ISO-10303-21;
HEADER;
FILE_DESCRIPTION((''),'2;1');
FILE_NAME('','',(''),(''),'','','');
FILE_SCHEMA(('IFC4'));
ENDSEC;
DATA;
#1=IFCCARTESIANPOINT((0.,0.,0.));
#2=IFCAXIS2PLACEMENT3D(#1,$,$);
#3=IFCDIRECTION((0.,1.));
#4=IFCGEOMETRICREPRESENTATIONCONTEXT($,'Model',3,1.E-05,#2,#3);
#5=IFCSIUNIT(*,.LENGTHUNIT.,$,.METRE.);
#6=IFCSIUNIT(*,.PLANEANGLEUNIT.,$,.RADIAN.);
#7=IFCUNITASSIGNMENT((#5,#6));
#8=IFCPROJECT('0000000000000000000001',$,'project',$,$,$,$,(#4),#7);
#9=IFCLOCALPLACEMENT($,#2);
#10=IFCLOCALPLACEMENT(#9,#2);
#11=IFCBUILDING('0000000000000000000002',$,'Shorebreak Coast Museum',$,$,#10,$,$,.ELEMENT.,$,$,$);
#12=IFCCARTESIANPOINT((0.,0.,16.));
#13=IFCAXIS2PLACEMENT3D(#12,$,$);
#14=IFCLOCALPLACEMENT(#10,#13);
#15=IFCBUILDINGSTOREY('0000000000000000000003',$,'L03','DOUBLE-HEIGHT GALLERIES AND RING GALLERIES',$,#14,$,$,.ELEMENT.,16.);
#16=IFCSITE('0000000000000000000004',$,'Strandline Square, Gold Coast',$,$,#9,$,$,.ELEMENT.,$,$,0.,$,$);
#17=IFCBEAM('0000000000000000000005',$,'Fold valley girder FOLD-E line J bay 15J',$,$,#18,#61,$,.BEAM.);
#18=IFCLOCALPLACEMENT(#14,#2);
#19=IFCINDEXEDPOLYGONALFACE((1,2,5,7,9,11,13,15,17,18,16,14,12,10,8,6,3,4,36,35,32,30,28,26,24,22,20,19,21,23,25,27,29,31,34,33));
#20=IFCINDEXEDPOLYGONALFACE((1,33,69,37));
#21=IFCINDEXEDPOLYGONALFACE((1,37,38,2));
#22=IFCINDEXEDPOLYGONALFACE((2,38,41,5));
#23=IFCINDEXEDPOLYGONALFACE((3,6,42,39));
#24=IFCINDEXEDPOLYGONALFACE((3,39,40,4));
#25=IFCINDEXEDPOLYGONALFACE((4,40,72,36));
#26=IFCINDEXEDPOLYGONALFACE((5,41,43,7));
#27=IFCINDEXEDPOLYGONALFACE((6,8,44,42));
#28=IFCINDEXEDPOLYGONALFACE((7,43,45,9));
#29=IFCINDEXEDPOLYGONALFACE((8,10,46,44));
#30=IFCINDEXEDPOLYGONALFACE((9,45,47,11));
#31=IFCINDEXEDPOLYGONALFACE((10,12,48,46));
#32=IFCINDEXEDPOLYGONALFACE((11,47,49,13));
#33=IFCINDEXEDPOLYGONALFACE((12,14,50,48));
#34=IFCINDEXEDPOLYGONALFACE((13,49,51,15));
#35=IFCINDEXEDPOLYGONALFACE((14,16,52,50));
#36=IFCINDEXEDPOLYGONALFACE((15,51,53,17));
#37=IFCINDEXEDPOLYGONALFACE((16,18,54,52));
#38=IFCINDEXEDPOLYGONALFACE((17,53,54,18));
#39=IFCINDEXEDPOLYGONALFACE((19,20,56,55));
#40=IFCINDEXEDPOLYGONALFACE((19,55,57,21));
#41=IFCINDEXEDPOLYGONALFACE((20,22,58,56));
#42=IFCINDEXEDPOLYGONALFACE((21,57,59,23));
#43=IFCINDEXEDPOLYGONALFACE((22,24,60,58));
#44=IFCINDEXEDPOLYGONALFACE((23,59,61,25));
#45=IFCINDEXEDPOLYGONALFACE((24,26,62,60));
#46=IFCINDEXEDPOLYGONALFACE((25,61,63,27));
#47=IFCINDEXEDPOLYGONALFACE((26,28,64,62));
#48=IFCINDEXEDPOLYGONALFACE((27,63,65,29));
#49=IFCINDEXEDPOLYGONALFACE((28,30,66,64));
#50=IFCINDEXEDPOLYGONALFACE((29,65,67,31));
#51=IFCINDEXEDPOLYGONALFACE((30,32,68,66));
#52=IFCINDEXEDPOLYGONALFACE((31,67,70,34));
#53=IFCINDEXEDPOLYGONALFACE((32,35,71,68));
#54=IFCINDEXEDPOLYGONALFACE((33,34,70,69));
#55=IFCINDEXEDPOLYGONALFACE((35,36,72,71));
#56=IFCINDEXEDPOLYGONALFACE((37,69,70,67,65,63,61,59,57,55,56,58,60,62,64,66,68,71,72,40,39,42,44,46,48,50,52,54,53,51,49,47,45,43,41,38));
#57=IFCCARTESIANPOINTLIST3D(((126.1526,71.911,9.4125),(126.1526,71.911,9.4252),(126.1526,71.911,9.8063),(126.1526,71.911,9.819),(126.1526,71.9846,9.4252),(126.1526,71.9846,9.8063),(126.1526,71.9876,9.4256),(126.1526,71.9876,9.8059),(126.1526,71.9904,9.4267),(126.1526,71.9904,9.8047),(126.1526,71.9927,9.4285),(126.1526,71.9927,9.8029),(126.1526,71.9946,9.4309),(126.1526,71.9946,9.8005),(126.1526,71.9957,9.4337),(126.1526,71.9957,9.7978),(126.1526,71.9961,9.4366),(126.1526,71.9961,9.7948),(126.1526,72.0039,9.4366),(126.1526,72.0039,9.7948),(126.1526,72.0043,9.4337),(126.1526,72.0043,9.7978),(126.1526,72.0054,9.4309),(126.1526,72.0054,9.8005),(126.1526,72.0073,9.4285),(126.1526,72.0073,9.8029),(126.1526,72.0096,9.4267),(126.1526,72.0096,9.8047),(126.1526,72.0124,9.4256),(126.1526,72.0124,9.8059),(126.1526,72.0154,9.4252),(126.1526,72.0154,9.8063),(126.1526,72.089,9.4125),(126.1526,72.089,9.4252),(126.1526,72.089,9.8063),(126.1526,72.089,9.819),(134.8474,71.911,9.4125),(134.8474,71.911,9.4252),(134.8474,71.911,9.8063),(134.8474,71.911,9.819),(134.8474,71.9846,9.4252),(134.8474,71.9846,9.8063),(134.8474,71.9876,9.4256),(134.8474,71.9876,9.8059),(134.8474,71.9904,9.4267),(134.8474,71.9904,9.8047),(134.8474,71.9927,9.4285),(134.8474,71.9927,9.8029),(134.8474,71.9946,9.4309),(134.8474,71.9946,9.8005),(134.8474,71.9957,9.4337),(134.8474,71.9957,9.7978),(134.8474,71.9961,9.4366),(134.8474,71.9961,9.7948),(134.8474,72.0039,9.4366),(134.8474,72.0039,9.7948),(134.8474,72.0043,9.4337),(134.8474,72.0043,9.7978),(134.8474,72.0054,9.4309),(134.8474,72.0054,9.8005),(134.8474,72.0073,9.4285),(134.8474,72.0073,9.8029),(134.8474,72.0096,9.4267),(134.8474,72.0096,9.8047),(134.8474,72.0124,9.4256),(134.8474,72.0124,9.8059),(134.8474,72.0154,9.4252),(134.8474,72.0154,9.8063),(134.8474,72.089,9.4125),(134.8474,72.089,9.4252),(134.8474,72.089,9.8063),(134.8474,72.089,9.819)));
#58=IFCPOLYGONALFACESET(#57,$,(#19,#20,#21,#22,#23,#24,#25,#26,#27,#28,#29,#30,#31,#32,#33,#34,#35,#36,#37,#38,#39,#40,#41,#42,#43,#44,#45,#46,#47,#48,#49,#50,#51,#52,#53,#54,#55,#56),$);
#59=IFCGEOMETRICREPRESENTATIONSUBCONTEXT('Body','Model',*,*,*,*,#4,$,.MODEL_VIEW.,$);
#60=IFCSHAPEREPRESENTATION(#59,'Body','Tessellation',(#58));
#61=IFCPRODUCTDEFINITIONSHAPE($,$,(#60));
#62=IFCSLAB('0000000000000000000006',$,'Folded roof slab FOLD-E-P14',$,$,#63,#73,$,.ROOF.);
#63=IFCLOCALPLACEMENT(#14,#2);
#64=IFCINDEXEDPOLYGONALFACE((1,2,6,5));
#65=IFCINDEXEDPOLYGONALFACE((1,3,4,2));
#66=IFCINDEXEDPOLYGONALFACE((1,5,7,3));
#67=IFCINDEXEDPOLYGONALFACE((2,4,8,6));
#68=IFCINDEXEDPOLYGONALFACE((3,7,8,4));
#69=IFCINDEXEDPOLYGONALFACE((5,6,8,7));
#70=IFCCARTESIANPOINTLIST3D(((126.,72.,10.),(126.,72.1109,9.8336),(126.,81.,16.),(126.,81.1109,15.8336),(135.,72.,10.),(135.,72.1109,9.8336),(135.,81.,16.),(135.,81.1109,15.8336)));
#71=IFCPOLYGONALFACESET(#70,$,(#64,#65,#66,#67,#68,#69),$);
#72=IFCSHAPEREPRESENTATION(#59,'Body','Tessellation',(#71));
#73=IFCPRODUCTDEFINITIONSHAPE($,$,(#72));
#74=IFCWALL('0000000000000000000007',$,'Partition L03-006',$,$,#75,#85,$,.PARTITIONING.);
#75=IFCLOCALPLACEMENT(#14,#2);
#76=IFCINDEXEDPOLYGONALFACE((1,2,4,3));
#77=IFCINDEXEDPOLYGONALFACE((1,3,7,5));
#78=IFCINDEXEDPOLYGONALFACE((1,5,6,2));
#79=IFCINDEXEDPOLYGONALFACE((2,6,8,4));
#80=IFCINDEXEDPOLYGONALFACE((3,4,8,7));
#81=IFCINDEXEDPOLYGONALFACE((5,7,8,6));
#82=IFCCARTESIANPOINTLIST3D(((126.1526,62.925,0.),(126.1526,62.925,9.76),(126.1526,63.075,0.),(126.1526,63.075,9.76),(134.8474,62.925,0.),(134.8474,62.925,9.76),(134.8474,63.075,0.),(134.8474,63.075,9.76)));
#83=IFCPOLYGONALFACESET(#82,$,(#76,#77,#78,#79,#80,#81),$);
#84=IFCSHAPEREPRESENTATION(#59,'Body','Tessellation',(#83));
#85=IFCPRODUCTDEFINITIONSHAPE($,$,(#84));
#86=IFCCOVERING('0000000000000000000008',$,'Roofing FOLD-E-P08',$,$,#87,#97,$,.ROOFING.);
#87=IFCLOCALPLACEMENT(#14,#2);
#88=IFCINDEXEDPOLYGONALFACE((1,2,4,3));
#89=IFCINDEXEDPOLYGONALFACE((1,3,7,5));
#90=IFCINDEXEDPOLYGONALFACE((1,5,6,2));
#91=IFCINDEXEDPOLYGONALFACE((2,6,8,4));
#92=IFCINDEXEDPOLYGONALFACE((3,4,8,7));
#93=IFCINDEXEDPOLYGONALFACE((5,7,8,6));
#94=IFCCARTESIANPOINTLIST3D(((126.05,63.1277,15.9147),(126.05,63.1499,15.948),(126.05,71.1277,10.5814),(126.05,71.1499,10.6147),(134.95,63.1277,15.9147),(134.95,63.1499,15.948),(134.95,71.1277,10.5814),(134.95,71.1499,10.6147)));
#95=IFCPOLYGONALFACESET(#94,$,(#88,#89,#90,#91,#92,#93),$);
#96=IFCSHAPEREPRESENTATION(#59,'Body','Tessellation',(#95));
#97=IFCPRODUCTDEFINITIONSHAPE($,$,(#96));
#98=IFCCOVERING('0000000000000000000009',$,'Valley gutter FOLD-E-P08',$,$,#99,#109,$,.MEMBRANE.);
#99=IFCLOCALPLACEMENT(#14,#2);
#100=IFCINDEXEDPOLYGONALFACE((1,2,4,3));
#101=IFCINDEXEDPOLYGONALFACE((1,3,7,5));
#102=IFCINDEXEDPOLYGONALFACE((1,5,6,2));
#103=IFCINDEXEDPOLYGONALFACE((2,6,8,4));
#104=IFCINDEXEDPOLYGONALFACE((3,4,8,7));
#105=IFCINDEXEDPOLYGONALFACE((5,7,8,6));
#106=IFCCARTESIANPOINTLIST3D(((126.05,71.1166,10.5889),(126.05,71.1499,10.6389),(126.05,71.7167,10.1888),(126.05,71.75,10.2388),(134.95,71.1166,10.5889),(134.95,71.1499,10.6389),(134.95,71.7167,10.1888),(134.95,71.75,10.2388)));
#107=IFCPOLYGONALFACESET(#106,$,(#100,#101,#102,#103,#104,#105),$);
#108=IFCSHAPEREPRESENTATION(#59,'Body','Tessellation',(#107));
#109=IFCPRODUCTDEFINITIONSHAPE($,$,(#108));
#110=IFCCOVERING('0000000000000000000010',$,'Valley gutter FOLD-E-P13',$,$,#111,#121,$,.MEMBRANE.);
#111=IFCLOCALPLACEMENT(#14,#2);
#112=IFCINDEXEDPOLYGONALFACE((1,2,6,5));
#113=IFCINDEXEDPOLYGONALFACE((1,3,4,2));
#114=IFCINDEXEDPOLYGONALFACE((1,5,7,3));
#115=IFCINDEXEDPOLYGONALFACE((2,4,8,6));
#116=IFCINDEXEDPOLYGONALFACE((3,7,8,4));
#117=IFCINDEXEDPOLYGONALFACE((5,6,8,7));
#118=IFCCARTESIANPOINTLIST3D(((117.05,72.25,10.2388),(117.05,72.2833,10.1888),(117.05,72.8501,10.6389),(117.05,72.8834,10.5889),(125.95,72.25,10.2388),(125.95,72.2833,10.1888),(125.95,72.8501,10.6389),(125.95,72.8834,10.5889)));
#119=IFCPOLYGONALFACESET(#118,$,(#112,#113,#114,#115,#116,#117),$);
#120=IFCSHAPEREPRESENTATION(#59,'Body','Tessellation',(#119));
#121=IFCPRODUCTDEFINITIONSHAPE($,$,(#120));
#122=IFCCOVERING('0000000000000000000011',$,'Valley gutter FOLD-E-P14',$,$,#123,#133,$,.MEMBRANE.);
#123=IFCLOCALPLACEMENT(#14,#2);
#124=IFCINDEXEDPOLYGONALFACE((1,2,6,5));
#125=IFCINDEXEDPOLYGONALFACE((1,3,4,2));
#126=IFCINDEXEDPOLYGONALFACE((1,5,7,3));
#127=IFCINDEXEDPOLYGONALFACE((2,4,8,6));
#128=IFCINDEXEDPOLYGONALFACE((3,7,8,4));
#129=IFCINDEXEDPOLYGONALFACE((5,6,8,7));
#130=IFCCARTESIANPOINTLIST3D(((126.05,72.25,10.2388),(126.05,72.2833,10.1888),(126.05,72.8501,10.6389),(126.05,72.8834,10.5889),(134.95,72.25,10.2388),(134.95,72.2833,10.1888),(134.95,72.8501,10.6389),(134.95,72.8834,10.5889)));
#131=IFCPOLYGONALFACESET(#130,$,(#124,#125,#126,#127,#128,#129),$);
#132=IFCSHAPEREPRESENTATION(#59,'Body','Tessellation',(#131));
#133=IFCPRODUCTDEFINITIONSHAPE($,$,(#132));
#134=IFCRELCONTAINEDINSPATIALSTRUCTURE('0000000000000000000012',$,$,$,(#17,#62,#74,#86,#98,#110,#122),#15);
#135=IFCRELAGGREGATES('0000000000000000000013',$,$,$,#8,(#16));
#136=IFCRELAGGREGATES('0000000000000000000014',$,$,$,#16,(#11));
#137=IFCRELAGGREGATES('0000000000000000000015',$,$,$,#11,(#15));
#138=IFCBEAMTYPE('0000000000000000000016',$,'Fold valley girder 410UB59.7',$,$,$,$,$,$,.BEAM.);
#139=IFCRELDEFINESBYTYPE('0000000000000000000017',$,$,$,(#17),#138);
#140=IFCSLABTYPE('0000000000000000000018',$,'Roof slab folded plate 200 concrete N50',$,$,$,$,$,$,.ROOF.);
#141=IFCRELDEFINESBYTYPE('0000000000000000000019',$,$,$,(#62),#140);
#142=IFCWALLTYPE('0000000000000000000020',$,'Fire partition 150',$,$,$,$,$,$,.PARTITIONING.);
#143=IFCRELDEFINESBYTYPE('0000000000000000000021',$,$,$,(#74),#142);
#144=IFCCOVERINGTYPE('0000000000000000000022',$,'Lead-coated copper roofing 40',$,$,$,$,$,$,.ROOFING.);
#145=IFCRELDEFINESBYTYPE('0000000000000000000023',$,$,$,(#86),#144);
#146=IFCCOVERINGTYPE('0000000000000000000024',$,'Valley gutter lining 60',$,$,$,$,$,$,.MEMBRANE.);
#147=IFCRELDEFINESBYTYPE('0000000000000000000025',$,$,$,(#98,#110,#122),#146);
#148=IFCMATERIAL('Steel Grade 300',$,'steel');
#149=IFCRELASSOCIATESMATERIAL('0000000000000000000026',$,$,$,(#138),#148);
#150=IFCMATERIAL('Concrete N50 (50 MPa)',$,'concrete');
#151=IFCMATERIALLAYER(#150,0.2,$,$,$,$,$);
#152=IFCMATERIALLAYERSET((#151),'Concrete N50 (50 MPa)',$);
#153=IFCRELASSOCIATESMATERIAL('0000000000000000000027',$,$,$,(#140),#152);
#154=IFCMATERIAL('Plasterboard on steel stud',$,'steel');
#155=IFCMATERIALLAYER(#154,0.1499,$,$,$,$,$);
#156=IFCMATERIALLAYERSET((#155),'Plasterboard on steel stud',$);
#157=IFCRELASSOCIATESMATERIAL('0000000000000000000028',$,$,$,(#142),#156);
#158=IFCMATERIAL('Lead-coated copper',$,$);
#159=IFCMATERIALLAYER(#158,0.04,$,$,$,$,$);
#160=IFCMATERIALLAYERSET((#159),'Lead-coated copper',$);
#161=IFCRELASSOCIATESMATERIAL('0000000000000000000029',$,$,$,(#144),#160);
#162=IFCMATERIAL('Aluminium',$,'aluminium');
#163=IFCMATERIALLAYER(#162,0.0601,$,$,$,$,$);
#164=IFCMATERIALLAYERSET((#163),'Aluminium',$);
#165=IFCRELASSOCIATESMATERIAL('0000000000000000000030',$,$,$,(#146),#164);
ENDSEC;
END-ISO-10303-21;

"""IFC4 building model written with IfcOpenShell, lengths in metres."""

from ifc_helpers import new_model, si_unit, direction, frame, frame_2d, origin, origin_2d, place, context, subcontext, project, spatial, polyline, rectangle, i_section, outline, extrude, material, layer, layer_set, material_profile, profile_set, type_object, element, save


model = new_model("IFC4")

# Units and contexts
model_context = context("Model", 3, precision=1e-05, world=origin(), true_north=direction((0.0, 1.0)))
body_context = subcontext(model_context, "Body", "Model", "MODEL_VIEW")
ifc_project = project(units=[si_unit("LENGTHUNIT", "METRE"), si_unit("PLANEANGLEUNIT", "RADIAN")], contexts=[model_context])

# Site, building, storey
site_placement = place(None, origin())
site = spatial("IfcSite", under=ifc_project, at=site_placement, Name="Strandline Square, Gold Coast", CompositionType="ELEMENT", RefElevation=0.0)
building_placement = place(site_placement, origin())
building = spatial("IfcBuilding", under=site, at=building_placement, Name="Shorebreak Coast Museum", CompositionType="ELEMENT")
storey_placement = place(building_placement, frame((0.0, 0.0, 16.0)))
storey = spatial("IfcBuildingStorey", under=building, at=storey_placement, Name="L03", Description="DOUBLE-HEIGHT GALLERIES AND RING GALLERIES", CompositionType="ELEMENT", Elevation=16.0)

# Beam
ifc_material_1 = material(Name="Steel Grade 300", Category="steel")
ifc_material_profile_1 = material_profile(ifc_material_1, i_section(OverallWidth=0.178, OverallDepth=0.4065, WebThickness=0.0078, FlangeThickness=0.0127, FilletRadius=0.0115, at=origin_2d()), Name="410UB59.7")
ifc_profile_set_1 = profile_set([ifc_material_profile_1], Name="Steel Grade 300")
beam_type_1 = type_object("IfcBeamType", Name="Fold valley girder 410UB59.7", PredefinedType="BEAM", material=ifc_profile_set_1)
for number, where, z_axis, x_axis, name in (
    (1, (126.1526, 72.0, 9.6157), (1.0, 0.0, 0.0), (0.0, 1.0, 0.0), "Fold valley girder FOLD-E line J bay 15J"),
):
    element("IfcBeam", number, at=place(storey_placement, frame(where, z_axis=z_axis, x_axis=x_axis)), inside=storey, type_object=beam_type_1, Name=name, PredefinedType="BEAM", context=body_context, shape_type="SweptSolid", body=[
        extrude(i_section(OverallWidth=0.178, OverallDepth=0.4065, WebThickness=0.0078, FlangeThickness=0.0127, FilletRadius=0.0115, at=origin_2d()), origin(), (0.0, 0.0, 1.0), 8.6948),
    ])

# Slab
ifc_material_2 = material(Name="Concrete N50 (50 MPa)", Category="concrete")
ifc_layer_1 = layer(ifc_material_2, 0.2)
ifc_layer_set_1 = layer_set([ifc_layer_1], Name="Concrete N50 (50 MPa)")
slab_type = type_object("IfcSlabType", Name="Roof slab folded plate 200 concrete N50", PredefinedType="ROOF", material=ifc_layer_set_1)
slab_placement = place(storey_placement, frame((126.0, 72.0, 10.0), z_axis=(0.0, -0.5547, 0.83205), x_axis=(1.0, 0.0, 0.0)))
element("IfcSlab", 2, at=slab_placement, inside=storey, type_object=slab_type, Name="Folded roof slab FOLD-E-P14", PredefinedType="ROOF", context=body_context, shape_type="SweptSolid", body=[
    extrude(outline(polyline([(0.0, 0.0), (9.0, 0.0), (9.0, 10.8167), (0.0, 10.8167), (0.0, 0.0)])), origin(), (0.0, 0.0, -1.0), 0.2),
])

# Wall
ifc_material_3 = material(Name="Plasterboard on steel stud", Category="steel")
ifc_layer_2 = layer(ifc_material_3, 0.1499)
ifc_layer_set_2 = layer_set([ifc_layer_2], Name="Plasterboard on steel stud")
wall_type = type_object("IfcWallType", Name="Fire partition 150", PredefinedType="PARTITIONING", material=ifc_layer_set_2)
wall_placement = place(storey_placement, frame((126.1526, 63.0, 0.0), z_axis=(0.0, 0.0, 1.0), x_axis=(1.0, 0.0, 0.0)))
element("IfcWall", 3, at=wall_placement, inside=storey, type_object=wall_type, Name="Partition L03-006", PredefinedType="PARTITIONING", context=body_context, shape_type="SweptSolid", body=[
    extrude(rectangle(XDim=8.6948, YDim=0.1499, at=frame_2d((4.3474, 0.0))), origin(), (0.0, 0.0, 1.0), 9.76),
])

# Coverings
ifc_material_4 = material(Name="Lead-coated copper")
ifc_layer_3 = layer(ifc_material_4, 0.04)
ifc_layer_set_3 = layer_set([ifc_layer_3], Name="Lead-coated copper")
covering_type_1 = type_object("IfcCoveringType", Name="Lead-coated copper roofing 40", PredefinedType="ROOFING", material=ifc_layer_set_3)
covering_placement = place(storey_placement, frame((126.05, 63.1499, 15.948), z_axis=(0.0, 0.554694, 0.832054), x_axis=(1.0, 0.0, 0.0)))
element("IfcCovering", 4, at=covering_placement, inside=storey, type_object=covering_type_1, Name="Roofing FOLD-E-P08", PredefinedType="ROOFING", context=body_context, shape_type="SweptSolid", body=[
    extrude(outline(polyline([(0.0, 0.0), (8.8999, 0.0), (8.8999, 9.6148), (0.0, 9.6148), (0.0, 0.0)])), origin(), (0.0, 0.0, -1.0), 0.04),
])
ifc_material_5 = material(Name="Aluminium", Category="aluminium")
ifc_layer_4 = layer(ifc_material_5, 0.0601)
ifc_layer_set_4 = layer_set([ifc_layer_4], Name="Aluminium")
covering_type_2 = type_object("IfcCoveringType", Name="Valley gutter lining 60", PredefinedType="MEMBRANE", material=ifc_layer_set_4)
for number, where, z_axis, x_axis, name in (
    (5, (126.05, 71.1499, 10.6389), (0.0, 0.554778, 0.831998), (1.0, 0.0, 0.0), "Valley gutter FOLD-E-P08"),
    (6, (117.05, 72.25, 10.2388), (0.0, -0.554778, 0.831998), (1.0, 0.0, 0.0), "Valley gutter FOLD-E-P13"),
    (7, (126.05, 72.25, 10.2388), (0.0, -0.554778, 0.831998), (1.0, 0.0, 0.0), "Valley gutter FOLD-E-P14"),
):
    element("IfcCovering", number, at=place(storey_placement, frame(where, z_axis=z_axis, x_axis=x_axis)), inside=storey, type_object=covering_type_2, Name=name, PredefinedType="MEMBRANE", context=body_context, shape_type="SweptSolid", body=[
        extrude(outline(polyline([(0.0, 0.0), (8.8999, 0.0), (8.8999, 0.7213), (0.0, 0.7213), (0.0, 0.0)])), origin(), (0.0, 0.0, -1.0), 0.0601),
    ])

save(model, "model.ifc")
